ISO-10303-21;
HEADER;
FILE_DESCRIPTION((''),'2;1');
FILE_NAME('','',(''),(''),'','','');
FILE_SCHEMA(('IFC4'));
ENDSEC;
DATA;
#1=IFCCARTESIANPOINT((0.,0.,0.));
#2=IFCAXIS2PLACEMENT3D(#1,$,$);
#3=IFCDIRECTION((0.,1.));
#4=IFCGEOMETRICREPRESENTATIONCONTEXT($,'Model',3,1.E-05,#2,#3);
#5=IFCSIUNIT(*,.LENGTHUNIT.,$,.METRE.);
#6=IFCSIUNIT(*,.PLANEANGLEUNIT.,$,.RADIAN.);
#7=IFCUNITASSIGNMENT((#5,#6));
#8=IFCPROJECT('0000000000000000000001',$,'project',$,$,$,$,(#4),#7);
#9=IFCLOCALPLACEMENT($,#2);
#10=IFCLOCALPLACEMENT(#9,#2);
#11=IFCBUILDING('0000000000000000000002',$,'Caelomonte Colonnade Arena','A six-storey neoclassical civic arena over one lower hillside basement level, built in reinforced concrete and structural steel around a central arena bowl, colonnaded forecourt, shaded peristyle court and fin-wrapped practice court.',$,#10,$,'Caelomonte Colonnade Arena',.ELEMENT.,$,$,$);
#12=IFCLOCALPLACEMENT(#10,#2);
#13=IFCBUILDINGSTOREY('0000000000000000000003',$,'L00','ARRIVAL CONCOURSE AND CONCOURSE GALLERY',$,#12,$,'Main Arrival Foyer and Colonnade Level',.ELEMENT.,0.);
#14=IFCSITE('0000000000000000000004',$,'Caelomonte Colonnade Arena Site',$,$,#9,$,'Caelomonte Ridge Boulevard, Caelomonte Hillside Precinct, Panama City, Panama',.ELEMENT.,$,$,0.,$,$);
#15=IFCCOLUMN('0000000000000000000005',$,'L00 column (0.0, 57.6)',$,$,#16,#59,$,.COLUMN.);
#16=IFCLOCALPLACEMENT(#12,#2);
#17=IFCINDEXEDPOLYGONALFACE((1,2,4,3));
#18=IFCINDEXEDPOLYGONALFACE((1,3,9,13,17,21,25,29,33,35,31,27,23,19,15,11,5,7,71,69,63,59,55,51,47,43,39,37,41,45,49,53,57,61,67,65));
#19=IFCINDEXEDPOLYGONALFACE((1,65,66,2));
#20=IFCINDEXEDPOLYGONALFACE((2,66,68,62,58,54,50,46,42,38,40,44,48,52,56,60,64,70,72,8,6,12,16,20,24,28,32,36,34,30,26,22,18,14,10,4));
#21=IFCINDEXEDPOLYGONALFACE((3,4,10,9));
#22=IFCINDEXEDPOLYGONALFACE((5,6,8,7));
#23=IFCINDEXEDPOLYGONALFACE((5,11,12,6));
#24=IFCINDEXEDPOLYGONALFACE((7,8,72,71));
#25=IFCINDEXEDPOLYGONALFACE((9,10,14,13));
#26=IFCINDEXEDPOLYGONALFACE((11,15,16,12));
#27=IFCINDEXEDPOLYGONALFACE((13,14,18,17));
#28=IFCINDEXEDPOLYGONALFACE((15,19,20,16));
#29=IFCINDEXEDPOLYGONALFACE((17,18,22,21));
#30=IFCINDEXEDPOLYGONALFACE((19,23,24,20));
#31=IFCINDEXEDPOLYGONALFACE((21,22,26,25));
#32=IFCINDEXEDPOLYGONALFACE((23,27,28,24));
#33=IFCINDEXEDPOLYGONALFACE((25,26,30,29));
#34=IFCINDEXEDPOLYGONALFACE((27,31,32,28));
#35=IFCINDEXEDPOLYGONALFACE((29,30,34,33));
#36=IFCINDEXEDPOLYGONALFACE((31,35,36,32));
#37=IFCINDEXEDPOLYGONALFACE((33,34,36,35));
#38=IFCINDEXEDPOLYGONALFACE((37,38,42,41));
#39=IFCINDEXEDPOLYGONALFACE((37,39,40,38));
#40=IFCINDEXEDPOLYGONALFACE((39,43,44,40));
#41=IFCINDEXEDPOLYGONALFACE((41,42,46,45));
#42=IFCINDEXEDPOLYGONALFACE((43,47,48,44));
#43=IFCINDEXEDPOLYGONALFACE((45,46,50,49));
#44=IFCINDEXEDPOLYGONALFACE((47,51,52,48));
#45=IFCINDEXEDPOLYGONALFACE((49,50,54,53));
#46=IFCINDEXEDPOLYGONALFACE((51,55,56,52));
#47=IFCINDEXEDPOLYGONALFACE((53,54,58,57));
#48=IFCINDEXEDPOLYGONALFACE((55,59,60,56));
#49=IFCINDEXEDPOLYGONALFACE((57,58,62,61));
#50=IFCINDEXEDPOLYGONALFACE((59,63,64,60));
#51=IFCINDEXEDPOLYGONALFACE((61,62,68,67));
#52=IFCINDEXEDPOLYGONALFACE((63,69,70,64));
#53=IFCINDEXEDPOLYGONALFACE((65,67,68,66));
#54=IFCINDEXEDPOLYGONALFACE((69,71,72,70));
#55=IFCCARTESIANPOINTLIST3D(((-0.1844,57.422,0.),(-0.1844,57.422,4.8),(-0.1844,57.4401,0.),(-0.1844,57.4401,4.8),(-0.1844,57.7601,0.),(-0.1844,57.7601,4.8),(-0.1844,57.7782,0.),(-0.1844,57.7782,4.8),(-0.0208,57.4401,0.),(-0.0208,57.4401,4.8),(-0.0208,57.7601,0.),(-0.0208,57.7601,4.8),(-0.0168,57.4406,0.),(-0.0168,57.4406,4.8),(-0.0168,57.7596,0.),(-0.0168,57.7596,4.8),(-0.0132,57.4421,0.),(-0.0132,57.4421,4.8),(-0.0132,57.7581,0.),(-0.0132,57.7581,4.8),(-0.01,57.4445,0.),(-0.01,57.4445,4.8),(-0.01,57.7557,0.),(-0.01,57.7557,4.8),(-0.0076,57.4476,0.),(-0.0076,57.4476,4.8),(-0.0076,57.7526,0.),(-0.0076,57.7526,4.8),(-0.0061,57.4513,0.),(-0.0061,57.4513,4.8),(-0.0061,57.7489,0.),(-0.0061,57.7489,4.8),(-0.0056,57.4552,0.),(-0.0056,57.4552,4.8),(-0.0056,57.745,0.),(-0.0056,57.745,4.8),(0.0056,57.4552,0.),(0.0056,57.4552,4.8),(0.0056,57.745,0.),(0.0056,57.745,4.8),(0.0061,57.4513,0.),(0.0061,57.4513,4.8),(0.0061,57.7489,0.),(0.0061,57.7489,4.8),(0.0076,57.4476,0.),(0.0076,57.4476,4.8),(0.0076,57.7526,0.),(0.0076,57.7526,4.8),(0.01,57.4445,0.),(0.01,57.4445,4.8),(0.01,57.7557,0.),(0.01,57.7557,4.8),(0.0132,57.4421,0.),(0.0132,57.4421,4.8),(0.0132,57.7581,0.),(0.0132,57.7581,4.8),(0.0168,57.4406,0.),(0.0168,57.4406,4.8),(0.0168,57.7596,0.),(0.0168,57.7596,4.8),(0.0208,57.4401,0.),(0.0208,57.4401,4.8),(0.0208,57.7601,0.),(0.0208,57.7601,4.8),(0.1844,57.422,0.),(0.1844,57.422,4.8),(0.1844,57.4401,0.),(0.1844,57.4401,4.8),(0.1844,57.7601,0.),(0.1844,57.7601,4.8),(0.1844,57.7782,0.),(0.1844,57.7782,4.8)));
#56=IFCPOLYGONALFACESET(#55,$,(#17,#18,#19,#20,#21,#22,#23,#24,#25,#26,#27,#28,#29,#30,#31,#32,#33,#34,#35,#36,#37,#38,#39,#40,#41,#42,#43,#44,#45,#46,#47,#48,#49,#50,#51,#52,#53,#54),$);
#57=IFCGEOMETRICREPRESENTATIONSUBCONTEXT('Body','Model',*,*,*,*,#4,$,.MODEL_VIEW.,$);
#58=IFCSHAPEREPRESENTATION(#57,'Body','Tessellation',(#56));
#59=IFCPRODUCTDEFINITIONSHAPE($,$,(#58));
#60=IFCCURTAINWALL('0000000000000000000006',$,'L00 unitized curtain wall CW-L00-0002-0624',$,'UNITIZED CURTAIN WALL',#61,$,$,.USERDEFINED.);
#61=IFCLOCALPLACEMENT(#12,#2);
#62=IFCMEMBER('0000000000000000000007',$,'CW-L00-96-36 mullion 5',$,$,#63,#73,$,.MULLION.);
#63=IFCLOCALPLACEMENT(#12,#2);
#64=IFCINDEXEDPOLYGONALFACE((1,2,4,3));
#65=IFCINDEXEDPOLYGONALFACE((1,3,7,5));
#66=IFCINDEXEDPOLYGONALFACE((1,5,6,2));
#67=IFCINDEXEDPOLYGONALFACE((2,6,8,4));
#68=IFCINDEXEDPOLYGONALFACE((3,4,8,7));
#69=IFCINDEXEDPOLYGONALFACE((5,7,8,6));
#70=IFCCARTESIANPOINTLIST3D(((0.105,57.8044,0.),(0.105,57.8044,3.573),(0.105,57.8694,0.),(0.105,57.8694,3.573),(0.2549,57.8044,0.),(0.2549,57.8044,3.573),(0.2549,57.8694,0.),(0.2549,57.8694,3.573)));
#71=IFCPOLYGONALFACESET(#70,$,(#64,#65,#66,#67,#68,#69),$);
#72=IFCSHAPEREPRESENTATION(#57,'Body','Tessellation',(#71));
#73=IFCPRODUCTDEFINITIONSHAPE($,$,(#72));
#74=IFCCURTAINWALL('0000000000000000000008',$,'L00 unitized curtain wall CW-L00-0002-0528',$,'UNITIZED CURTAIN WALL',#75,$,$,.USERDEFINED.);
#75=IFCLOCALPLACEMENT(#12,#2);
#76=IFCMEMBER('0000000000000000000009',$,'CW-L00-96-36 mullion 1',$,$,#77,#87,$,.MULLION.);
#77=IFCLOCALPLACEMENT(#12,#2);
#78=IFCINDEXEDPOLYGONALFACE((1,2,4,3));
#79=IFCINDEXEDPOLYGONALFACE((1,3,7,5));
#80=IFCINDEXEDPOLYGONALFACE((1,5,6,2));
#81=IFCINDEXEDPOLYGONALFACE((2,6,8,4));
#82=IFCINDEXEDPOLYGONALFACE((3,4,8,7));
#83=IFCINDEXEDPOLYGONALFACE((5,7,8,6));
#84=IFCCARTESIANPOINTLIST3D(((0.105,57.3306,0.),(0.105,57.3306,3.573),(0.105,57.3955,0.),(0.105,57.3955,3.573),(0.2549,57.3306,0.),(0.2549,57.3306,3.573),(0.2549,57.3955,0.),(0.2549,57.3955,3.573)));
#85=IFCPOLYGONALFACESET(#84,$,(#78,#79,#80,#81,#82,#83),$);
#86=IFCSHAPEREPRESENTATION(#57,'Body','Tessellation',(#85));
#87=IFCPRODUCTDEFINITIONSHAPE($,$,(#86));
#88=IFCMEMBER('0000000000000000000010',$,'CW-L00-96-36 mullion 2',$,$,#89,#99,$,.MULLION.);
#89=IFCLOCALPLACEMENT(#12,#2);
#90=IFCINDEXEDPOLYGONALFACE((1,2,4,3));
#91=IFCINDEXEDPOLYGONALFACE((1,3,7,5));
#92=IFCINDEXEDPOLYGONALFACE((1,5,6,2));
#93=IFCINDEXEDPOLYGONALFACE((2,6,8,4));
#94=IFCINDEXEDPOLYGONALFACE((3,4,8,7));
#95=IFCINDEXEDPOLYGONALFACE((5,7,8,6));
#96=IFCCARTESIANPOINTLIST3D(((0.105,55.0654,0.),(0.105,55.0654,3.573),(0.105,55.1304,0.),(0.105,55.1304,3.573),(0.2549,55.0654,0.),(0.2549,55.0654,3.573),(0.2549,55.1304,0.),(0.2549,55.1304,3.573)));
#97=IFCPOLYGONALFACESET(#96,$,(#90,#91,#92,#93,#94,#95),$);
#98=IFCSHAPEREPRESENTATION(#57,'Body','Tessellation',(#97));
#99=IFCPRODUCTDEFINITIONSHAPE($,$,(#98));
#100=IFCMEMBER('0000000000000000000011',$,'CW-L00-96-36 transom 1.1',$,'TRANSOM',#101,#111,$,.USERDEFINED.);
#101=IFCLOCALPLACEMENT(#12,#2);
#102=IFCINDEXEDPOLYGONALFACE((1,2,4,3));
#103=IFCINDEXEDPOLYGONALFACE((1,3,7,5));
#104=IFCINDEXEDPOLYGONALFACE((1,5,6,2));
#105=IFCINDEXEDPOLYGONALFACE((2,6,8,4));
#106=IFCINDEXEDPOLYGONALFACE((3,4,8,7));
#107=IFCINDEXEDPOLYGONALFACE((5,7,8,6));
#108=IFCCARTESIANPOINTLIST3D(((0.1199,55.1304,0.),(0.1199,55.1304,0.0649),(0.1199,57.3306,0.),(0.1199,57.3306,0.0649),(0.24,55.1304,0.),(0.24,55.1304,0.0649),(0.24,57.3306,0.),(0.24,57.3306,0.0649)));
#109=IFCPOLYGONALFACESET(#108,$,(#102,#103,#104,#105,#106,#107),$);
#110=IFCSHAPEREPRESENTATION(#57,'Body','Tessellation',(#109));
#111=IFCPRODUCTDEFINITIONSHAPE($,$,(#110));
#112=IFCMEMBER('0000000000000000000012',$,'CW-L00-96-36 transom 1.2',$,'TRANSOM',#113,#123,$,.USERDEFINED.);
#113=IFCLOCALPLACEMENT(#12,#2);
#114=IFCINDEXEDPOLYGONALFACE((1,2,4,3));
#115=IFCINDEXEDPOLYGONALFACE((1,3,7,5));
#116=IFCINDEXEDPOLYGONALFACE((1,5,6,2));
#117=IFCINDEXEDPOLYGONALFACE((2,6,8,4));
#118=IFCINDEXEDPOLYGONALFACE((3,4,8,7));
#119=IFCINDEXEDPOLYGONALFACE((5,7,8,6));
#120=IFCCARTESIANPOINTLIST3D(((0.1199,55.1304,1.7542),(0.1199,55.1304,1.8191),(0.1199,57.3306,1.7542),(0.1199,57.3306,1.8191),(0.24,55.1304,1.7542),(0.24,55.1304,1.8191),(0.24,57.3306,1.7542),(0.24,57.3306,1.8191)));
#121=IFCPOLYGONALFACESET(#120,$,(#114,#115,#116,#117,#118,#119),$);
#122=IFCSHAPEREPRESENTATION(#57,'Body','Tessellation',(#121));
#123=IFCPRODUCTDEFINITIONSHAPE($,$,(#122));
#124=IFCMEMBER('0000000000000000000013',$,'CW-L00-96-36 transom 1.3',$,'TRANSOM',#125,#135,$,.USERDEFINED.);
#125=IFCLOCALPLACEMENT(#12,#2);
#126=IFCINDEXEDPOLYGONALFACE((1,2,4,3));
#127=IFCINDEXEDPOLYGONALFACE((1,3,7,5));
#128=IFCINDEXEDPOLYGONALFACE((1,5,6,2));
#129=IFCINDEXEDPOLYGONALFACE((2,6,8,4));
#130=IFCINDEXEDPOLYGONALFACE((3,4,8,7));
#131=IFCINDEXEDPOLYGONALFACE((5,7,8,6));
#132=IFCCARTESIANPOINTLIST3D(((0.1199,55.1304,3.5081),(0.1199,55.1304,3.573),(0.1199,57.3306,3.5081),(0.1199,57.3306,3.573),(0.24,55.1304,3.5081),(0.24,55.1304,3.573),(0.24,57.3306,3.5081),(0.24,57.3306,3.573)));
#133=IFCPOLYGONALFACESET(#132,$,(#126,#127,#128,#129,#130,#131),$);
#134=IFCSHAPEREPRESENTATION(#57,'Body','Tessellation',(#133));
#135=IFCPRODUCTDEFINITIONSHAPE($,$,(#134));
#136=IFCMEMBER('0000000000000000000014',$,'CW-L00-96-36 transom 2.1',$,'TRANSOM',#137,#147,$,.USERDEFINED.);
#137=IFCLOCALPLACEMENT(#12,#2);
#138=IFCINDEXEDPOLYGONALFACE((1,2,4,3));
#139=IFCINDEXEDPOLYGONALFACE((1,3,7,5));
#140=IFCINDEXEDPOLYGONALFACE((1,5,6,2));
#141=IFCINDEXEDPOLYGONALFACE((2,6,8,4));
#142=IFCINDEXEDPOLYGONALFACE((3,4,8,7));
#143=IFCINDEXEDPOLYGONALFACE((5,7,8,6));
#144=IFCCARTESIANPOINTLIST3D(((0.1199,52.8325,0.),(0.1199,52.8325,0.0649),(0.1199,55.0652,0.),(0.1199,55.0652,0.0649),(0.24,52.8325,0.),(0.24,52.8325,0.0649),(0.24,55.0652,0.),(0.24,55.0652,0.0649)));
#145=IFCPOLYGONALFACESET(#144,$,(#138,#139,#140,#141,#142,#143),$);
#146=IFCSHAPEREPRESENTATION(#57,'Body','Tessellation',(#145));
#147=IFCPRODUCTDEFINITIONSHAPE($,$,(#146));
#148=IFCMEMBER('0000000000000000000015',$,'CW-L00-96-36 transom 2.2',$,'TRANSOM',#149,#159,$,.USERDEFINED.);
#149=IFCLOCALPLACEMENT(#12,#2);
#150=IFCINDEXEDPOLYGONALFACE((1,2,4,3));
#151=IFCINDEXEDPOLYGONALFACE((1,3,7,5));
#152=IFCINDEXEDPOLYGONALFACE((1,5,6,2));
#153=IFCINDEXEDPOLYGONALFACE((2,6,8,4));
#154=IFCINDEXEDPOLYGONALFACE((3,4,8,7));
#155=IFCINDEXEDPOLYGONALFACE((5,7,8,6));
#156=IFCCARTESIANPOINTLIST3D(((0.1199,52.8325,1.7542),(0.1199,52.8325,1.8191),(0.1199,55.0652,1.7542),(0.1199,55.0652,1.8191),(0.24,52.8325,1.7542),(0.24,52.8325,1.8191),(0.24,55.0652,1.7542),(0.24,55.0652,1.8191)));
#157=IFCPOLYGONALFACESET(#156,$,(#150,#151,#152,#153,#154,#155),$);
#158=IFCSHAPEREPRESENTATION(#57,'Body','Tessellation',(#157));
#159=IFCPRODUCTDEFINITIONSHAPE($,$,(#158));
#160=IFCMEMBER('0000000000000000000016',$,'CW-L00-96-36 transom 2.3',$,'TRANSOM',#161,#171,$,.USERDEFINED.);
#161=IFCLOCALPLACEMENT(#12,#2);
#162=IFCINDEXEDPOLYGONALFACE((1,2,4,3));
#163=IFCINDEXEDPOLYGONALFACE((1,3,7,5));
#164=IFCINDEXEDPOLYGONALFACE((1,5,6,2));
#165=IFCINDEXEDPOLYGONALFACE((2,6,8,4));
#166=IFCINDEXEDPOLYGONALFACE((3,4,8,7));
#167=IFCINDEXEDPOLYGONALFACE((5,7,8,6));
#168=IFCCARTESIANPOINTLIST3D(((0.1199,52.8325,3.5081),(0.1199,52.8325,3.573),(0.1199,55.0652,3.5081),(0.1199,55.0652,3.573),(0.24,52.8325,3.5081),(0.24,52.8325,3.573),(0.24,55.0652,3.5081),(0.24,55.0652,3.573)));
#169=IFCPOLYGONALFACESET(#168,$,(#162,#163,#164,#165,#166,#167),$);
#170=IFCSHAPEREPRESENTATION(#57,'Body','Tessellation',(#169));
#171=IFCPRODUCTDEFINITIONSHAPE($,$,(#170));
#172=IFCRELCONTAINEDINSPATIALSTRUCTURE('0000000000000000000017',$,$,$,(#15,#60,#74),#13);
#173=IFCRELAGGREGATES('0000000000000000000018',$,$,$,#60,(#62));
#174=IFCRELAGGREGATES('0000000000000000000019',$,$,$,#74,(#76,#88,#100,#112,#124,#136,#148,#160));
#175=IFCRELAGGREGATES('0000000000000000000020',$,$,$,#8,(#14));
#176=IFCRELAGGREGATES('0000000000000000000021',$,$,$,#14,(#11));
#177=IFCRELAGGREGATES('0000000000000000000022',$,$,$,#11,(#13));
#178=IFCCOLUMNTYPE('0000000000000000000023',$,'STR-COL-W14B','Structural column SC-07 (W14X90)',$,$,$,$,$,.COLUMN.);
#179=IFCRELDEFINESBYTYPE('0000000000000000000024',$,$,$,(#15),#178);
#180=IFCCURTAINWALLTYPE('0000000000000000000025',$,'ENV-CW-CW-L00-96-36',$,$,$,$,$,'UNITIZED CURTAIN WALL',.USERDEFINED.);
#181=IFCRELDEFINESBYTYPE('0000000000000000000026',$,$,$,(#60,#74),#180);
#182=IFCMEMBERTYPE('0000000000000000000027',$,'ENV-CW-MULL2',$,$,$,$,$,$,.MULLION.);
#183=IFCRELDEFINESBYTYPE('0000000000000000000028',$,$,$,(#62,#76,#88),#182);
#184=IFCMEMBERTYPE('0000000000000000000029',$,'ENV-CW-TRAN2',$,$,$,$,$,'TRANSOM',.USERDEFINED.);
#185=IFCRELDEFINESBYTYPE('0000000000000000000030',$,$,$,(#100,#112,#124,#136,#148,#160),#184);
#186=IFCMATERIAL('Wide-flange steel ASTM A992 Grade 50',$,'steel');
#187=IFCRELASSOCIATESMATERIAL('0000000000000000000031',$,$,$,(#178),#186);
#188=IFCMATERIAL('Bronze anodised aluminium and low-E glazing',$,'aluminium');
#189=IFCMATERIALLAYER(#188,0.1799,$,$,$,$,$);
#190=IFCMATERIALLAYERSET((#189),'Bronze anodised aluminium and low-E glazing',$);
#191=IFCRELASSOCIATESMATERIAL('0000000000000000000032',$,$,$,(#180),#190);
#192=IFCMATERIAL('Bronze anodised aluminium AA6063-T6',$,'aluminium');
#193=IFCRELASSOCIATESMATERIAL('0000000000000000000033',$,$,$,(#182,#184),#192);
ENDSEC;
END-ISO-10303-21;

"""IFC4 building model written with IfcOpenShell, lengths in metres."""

from ifc_helpers import new_model, si_unit, direction, frame, origin, origin_2d, place, context, subcontext, project, spatial, rectangle, i_section, extrude, material, layer, layer_set, material_profile, profile_set, type_object, element, aggregate, save


model = new_model("IFC4")

# Units and contexts
model_context = context("Model", 3, precision=1e-05, world=origin(), true_north=direction((0.0, 1.0)))
body_context = subcontext(model_context, "Body", "Model", "MODEL_VIEW")
ifc_project = project(units=[si_unit("LENGTHUNIT", "METRE"), si_unit("PLANEANGLEUNIT", "RADIAN")], contexts=[model_context])

# Site, building, storey
site_placement = place(None, origin())
site = spatial("IfcSite", under=ifc_project, at=site_placement, Name="Caelomonte Colonnade Arena Site", LongName="Caelomonte Ridge Boulevard, Caelomonte Hillside Precinct, Panama City, Panama", CompositionType="ELEMENT", RefElevation=0.0)
building_placement = place(site_placement, origin())
building = spatial("IfcBuilding", under=site, at=building_placement, Name="Caelomonte Colonnade Arena", Description="A six-storey neoclassical civic arena over one lower hillside basement level, built in reinforced concrete and structural steel around a central arena bowl, colonnaded forecourt, shaded peristyle court and fin-wrapped practice court.", LongName="Caelomonte Colonnade Arena", CompositionType="ELEMENT")
storey_placement = place(building_placement, origin())
storey = spatial("IfcBuildingStorey", under=building, at=storey_placement, Name="L00", Description="ARRIVAL CONCOURSE AND CONCOURSE GALLERY", LongName="Main Arrival Foyer and Colonnade Level", CompositionType="ELEMENT", Elevation=0.0)

# Column
ifc_material_1 = material(Name="Wide-flange steel ASTM A992 Grade 50", Category="steel")
ifc_material_profile_1 = material_profile(ifc_material_1, i_section(OverallWidth=0.3689, OverallDepth=0.3562, WebThickness=0.0112, FlangeThickness=0.0181, FilletRadius=0.0151, at=origin_2d()), Name="W14X90")
ifc_profile_set_1 = profile_set([ifc_material_profile_1], Name="Wide-flange steel ASTM A992 Grade 50")
column_type = type_object("IfcColumnType", Name="STR-COL-W14B", Description="Structural column SC-07 (W14X90)", PredefinedType="COLUMN", material=ifc_profile_set_1)
column_placement = place(storey_placement, frame((0.0, 57.6001, 0.0), z_axis=(0.0, 0.0, 1.0), x_axis=(1.0, 0.0, 0.0)))
element("IfcColumn", 1, at=column_placement, inside=storey, type_object=column_type, Name="L00 column (0.0, 57.6)", PredefinedType="COLUMN", context=body_context, shape_type="SweptSolid", body=[
    extrude(i_section(OverallWidth=0.3689, OverallDepth=0.3562, WebThickness=0.0112, FlangeThickness=0.0181, FilletRadius=0.0151, at=origin_2d()), origin(), (0.0, 0.0, 1.0), 4.8),
])

# Curtain wall, member
ifc_material_2 = material(Name="Bronze anodised aluminium and low-E glazing", Category="aluminium")
ifc_layer_1 = layer(ifc_material_2, 0.1799)
ifc_layer_set_1 = layer_set([ifc_layer_1], Name="Bronze anodised aluminium and low-E glazing")
curtain_wall_type = type_object("IfcCurtainWallType", Name="ENV-CW-CW-L00-96-36", ElementType="UNITIZED CURTAIN WALL", PredefinedType="USERDEFINED", material=ifc_layer_set_1)
curtain_wall_1_placement = place(storey_placement, origin())
curtain_wall_1 = element("IfcCurtainWall", 2, at=curtain_wall_1_placement, inside=storey, type_object=curtain_wall_type, Name="L00 unitized curtain wall CW-L00-0002-0624", ObjectType="UNITIZED CURTAIN WALL", PredefinedType="USERDEFINED")
ifc_material_3 = material(Name="Bronze anodised aluminium AA6063-T6", Category="aluminium")
ifc_material_profile_2 = material_profile(ifc_material_3, rectangle(XDim=0.0649, YDim=0.1499, at=origin_2d()), Name="CWM-65X150")
ifc_profile_set_2 = profile_set([ifc_material_profile_2], Name="Bronze anodised aluminium AA6063-T6")
member_type_1 = type_object("IfcMemberType", Name="ENV-CW-MULL2", PredefinedType="MULLION", material=ifc_profile_set_2)
member_1_placement = place(storey_placement, frame((0.1799, 57.8369, 0.0), z_axis=(0.0, 0.0, 1.0), x_axis=(0.0, -1.0, 0.0)))
member_1 = element("IfcMember", 3, at=member_1_placement, type_object=member_type_1, Name="CW-L00-96-36 mullion 5", PredefinedType="MULLION", context=body_context, shape_type="SweptSolid", body=[
    extrude(rectangle(XDim=0.0649, YDim=0.1499, at=origin_2d()), origin(), (0.0, 0.0, 1.0), 3.573),
])

# Curtain wall, members
curtain_wall_2_placement = place(storey_placement, origin())
curtain_wall_2 = element("IfcCurtainWall", 4, at=curtain_wall_2_placement, inside=storey, type_object=curtain_wall_type, Name="L00 unitized curtain wall CW-L00-0002-0528", ObjectType="UNITIZED CURTAIN WALL", PredefinedType="USERDEFINED")
member_2_placement = place(storey_placement, frame((0.1799, 57.363, 0.0), z_axis=(0.0, 0.0, 1.0), x_axis=(0.0, -1.0, 0.0)))
member_2 = element("IfcMember", 5, at=member_2_placement, type_object=member_type_1, Name="CW-L00-96-36 mullion 1", PredefinedType="MULLION", context=body_context, shape_type="SweptSolid", body=[
    extrude(rectangle(XDim=0.0649, YDim=0.1499, at=origin_2d()), origin(), (0.0, 0.0, 1.0), 3.573),
])
member_3_placement = place(storey_placement, frame((0.1799, 55.0979, 0.0), z_axis=(0.0, 0.0, 1.0), x_axis=(0.0, -1.0, 0.0)))
member_3 = element("IfcMember", 6, at=member_3_placement, type_object=member_type_1, Name="CW-L00-96-36 mullion 2", PredefinedType="MULLION", context=body_context, shape_type="SweptSolid", body=[
    extrude(rectangle(XDim=0.0649, YDim=0.1499, at=origin_2d()), origin(), (0.0, 0.0, 1.0), 3.573),
])
ifc_material_profile_3 = material_profile(ifc_material_3, rectangle(XDim=0.0649, YDim=0.1201, at=origin_2d()), Name="CWT-65X120")
ifc_profile_set_3 = profile_set([ifc_material_profile_3], Name="Bronze anodised aluminium AA6063-T6")
member_type_2 = type_object("IfcMemberType", Name="ENV-CW-TRAN2", ElementType="TRANSOM", PredefinedType="USERDEFINED", material=ifc_profile_set_3)
member_4_placement = place(storey_placement, frame((0.1799, 57.3306, 0.0325), z_axis=(0.0, -1.0, 0.0), x_axis=(0.0, 0.0, 1.0)))
member_4 = element("IfcMember", 7, at=member_4_placement, type_object=member_type_2, Name="CW-L00-96-36 transom 1.1", ObjectType="TRANSOM", PredefinedType="USERDEFINED", context=body_context, shape_type="SweptSolid", body=[
    extrude(rectangle(XDim=0.0649, YDim=0.1201, at=origin_2d()), origin(), (0.0, 0.0, 1.0), 2.2002),
])
member_5_placement = place(storey_placement, frame((0.1799, 57.3306, 1.7866), z_axis=(0.0, -1.0, 0.0), x_axis=(0.0, 0.0, 1.0)))
member_5 = element("IfcMember", 8, at=member_5_placement, type_object=member_type_2, Name="CW-L00-96-36 transom 1.2", ObjectType="TRANSOM", PredefinedType="USERDEFINED", context=body_context, shape_type="SweptSolid", body=[
    extrude(rectangle(XDim=0.0649, YDim=0.1201, at=origin_2d()), origin(), (0.0, 0.0, 1.0), 2.2002),
])
member_6_placement = place(storey_placement, frame((0.1799, 57.3306, 3.5405), z_axis=(0.0, -1.0, 0.0), x_axis=(0.0, 0.0, 1.0)))
member_6 = element("IfcMember", 9, at=member_6_placement, type_object=member_type_2, Name="CW-L00-96-36 transom 1.3", ObjectType="TRANSOM", PredefinedType="USERDEFINED", context=body_context, shape_type="SweptSolid", body=[
    extrude(rectangle(XDim=0.0649, YDim=0.1201, at=origin_2d()), origin(), (0.0, 0.0, 1.0), 2.2002),
])
member_7_placement = place(storey_placement, frame((0.1799, 55.0652, 0.0325), z_axis=(0.0, -1.0, 0.0), x_axis=(0.0, 0.0, 1.0)))
member_7 = element("IfcMember", 10, at=member_7_placement, type_object=member_type_2, Name="CW-L00-96-36 transom 2.1", ObjectType="TRANSOM", PredefinedType="USERDEFINED", context=body_context, shape_type="SweptSolid", body=[
    extrude(rectangle(XDim=0.0649, YDim=0.1201, at=origin_2d()), origin(), (0.0, 0.0, 1.0), 2.2327),
])
member_8_placement = place(storey_placement, frame((0.1799, 55.0652, 1.7866), z_axis=(0.0, -1.0, 0.0), x_axis=(0.0, 0.0, 1.0)))
member_8 = element("IfcMember", 11, at=member_8_placement, type_object=member_type_2, Name="CW-L00-96-36 transom 2.2", ObjectType="TRANSOM", PredefinedType="USERDEFINED", context=body_context, shape_type="SweptSolid", body=[
    extrude(rectangle(XDim=0.0649, YDim=0.1201, at=origin_2d()), origin(), (0.0, 0.0, 1.0), 2.2327),
])
member_9_placement = place(storey_placement, frame((0.1799, 55.0652, 3.5405), z_axis=(0.0, -1.0, 0.0), x_axis=(0.0, 0.0, 1.0)))
member_9 = element("IfcMember", 12, at=member_9_placement, type_object=member_type_2, Name="CW-L00-96-36 transom 2.3", ObjectType="TRANSOM", PredefinedType="USERDEFINED", context=body_context, shape_type="SweptSolid", body=[
    extrude(rectangle(XDim=0.0649, YDim=0.1201, at=origin_2d()), origin(), (0.0, 0.0, 1.0), 2.2327),
])

aggregate(curtain_wall_1, [member_1])
aggregate(curtain_wall_2, [member_2, member_3, member_4, member_5, member_6, member_7, member_8, member_9])

save(model, "model.ifc")
